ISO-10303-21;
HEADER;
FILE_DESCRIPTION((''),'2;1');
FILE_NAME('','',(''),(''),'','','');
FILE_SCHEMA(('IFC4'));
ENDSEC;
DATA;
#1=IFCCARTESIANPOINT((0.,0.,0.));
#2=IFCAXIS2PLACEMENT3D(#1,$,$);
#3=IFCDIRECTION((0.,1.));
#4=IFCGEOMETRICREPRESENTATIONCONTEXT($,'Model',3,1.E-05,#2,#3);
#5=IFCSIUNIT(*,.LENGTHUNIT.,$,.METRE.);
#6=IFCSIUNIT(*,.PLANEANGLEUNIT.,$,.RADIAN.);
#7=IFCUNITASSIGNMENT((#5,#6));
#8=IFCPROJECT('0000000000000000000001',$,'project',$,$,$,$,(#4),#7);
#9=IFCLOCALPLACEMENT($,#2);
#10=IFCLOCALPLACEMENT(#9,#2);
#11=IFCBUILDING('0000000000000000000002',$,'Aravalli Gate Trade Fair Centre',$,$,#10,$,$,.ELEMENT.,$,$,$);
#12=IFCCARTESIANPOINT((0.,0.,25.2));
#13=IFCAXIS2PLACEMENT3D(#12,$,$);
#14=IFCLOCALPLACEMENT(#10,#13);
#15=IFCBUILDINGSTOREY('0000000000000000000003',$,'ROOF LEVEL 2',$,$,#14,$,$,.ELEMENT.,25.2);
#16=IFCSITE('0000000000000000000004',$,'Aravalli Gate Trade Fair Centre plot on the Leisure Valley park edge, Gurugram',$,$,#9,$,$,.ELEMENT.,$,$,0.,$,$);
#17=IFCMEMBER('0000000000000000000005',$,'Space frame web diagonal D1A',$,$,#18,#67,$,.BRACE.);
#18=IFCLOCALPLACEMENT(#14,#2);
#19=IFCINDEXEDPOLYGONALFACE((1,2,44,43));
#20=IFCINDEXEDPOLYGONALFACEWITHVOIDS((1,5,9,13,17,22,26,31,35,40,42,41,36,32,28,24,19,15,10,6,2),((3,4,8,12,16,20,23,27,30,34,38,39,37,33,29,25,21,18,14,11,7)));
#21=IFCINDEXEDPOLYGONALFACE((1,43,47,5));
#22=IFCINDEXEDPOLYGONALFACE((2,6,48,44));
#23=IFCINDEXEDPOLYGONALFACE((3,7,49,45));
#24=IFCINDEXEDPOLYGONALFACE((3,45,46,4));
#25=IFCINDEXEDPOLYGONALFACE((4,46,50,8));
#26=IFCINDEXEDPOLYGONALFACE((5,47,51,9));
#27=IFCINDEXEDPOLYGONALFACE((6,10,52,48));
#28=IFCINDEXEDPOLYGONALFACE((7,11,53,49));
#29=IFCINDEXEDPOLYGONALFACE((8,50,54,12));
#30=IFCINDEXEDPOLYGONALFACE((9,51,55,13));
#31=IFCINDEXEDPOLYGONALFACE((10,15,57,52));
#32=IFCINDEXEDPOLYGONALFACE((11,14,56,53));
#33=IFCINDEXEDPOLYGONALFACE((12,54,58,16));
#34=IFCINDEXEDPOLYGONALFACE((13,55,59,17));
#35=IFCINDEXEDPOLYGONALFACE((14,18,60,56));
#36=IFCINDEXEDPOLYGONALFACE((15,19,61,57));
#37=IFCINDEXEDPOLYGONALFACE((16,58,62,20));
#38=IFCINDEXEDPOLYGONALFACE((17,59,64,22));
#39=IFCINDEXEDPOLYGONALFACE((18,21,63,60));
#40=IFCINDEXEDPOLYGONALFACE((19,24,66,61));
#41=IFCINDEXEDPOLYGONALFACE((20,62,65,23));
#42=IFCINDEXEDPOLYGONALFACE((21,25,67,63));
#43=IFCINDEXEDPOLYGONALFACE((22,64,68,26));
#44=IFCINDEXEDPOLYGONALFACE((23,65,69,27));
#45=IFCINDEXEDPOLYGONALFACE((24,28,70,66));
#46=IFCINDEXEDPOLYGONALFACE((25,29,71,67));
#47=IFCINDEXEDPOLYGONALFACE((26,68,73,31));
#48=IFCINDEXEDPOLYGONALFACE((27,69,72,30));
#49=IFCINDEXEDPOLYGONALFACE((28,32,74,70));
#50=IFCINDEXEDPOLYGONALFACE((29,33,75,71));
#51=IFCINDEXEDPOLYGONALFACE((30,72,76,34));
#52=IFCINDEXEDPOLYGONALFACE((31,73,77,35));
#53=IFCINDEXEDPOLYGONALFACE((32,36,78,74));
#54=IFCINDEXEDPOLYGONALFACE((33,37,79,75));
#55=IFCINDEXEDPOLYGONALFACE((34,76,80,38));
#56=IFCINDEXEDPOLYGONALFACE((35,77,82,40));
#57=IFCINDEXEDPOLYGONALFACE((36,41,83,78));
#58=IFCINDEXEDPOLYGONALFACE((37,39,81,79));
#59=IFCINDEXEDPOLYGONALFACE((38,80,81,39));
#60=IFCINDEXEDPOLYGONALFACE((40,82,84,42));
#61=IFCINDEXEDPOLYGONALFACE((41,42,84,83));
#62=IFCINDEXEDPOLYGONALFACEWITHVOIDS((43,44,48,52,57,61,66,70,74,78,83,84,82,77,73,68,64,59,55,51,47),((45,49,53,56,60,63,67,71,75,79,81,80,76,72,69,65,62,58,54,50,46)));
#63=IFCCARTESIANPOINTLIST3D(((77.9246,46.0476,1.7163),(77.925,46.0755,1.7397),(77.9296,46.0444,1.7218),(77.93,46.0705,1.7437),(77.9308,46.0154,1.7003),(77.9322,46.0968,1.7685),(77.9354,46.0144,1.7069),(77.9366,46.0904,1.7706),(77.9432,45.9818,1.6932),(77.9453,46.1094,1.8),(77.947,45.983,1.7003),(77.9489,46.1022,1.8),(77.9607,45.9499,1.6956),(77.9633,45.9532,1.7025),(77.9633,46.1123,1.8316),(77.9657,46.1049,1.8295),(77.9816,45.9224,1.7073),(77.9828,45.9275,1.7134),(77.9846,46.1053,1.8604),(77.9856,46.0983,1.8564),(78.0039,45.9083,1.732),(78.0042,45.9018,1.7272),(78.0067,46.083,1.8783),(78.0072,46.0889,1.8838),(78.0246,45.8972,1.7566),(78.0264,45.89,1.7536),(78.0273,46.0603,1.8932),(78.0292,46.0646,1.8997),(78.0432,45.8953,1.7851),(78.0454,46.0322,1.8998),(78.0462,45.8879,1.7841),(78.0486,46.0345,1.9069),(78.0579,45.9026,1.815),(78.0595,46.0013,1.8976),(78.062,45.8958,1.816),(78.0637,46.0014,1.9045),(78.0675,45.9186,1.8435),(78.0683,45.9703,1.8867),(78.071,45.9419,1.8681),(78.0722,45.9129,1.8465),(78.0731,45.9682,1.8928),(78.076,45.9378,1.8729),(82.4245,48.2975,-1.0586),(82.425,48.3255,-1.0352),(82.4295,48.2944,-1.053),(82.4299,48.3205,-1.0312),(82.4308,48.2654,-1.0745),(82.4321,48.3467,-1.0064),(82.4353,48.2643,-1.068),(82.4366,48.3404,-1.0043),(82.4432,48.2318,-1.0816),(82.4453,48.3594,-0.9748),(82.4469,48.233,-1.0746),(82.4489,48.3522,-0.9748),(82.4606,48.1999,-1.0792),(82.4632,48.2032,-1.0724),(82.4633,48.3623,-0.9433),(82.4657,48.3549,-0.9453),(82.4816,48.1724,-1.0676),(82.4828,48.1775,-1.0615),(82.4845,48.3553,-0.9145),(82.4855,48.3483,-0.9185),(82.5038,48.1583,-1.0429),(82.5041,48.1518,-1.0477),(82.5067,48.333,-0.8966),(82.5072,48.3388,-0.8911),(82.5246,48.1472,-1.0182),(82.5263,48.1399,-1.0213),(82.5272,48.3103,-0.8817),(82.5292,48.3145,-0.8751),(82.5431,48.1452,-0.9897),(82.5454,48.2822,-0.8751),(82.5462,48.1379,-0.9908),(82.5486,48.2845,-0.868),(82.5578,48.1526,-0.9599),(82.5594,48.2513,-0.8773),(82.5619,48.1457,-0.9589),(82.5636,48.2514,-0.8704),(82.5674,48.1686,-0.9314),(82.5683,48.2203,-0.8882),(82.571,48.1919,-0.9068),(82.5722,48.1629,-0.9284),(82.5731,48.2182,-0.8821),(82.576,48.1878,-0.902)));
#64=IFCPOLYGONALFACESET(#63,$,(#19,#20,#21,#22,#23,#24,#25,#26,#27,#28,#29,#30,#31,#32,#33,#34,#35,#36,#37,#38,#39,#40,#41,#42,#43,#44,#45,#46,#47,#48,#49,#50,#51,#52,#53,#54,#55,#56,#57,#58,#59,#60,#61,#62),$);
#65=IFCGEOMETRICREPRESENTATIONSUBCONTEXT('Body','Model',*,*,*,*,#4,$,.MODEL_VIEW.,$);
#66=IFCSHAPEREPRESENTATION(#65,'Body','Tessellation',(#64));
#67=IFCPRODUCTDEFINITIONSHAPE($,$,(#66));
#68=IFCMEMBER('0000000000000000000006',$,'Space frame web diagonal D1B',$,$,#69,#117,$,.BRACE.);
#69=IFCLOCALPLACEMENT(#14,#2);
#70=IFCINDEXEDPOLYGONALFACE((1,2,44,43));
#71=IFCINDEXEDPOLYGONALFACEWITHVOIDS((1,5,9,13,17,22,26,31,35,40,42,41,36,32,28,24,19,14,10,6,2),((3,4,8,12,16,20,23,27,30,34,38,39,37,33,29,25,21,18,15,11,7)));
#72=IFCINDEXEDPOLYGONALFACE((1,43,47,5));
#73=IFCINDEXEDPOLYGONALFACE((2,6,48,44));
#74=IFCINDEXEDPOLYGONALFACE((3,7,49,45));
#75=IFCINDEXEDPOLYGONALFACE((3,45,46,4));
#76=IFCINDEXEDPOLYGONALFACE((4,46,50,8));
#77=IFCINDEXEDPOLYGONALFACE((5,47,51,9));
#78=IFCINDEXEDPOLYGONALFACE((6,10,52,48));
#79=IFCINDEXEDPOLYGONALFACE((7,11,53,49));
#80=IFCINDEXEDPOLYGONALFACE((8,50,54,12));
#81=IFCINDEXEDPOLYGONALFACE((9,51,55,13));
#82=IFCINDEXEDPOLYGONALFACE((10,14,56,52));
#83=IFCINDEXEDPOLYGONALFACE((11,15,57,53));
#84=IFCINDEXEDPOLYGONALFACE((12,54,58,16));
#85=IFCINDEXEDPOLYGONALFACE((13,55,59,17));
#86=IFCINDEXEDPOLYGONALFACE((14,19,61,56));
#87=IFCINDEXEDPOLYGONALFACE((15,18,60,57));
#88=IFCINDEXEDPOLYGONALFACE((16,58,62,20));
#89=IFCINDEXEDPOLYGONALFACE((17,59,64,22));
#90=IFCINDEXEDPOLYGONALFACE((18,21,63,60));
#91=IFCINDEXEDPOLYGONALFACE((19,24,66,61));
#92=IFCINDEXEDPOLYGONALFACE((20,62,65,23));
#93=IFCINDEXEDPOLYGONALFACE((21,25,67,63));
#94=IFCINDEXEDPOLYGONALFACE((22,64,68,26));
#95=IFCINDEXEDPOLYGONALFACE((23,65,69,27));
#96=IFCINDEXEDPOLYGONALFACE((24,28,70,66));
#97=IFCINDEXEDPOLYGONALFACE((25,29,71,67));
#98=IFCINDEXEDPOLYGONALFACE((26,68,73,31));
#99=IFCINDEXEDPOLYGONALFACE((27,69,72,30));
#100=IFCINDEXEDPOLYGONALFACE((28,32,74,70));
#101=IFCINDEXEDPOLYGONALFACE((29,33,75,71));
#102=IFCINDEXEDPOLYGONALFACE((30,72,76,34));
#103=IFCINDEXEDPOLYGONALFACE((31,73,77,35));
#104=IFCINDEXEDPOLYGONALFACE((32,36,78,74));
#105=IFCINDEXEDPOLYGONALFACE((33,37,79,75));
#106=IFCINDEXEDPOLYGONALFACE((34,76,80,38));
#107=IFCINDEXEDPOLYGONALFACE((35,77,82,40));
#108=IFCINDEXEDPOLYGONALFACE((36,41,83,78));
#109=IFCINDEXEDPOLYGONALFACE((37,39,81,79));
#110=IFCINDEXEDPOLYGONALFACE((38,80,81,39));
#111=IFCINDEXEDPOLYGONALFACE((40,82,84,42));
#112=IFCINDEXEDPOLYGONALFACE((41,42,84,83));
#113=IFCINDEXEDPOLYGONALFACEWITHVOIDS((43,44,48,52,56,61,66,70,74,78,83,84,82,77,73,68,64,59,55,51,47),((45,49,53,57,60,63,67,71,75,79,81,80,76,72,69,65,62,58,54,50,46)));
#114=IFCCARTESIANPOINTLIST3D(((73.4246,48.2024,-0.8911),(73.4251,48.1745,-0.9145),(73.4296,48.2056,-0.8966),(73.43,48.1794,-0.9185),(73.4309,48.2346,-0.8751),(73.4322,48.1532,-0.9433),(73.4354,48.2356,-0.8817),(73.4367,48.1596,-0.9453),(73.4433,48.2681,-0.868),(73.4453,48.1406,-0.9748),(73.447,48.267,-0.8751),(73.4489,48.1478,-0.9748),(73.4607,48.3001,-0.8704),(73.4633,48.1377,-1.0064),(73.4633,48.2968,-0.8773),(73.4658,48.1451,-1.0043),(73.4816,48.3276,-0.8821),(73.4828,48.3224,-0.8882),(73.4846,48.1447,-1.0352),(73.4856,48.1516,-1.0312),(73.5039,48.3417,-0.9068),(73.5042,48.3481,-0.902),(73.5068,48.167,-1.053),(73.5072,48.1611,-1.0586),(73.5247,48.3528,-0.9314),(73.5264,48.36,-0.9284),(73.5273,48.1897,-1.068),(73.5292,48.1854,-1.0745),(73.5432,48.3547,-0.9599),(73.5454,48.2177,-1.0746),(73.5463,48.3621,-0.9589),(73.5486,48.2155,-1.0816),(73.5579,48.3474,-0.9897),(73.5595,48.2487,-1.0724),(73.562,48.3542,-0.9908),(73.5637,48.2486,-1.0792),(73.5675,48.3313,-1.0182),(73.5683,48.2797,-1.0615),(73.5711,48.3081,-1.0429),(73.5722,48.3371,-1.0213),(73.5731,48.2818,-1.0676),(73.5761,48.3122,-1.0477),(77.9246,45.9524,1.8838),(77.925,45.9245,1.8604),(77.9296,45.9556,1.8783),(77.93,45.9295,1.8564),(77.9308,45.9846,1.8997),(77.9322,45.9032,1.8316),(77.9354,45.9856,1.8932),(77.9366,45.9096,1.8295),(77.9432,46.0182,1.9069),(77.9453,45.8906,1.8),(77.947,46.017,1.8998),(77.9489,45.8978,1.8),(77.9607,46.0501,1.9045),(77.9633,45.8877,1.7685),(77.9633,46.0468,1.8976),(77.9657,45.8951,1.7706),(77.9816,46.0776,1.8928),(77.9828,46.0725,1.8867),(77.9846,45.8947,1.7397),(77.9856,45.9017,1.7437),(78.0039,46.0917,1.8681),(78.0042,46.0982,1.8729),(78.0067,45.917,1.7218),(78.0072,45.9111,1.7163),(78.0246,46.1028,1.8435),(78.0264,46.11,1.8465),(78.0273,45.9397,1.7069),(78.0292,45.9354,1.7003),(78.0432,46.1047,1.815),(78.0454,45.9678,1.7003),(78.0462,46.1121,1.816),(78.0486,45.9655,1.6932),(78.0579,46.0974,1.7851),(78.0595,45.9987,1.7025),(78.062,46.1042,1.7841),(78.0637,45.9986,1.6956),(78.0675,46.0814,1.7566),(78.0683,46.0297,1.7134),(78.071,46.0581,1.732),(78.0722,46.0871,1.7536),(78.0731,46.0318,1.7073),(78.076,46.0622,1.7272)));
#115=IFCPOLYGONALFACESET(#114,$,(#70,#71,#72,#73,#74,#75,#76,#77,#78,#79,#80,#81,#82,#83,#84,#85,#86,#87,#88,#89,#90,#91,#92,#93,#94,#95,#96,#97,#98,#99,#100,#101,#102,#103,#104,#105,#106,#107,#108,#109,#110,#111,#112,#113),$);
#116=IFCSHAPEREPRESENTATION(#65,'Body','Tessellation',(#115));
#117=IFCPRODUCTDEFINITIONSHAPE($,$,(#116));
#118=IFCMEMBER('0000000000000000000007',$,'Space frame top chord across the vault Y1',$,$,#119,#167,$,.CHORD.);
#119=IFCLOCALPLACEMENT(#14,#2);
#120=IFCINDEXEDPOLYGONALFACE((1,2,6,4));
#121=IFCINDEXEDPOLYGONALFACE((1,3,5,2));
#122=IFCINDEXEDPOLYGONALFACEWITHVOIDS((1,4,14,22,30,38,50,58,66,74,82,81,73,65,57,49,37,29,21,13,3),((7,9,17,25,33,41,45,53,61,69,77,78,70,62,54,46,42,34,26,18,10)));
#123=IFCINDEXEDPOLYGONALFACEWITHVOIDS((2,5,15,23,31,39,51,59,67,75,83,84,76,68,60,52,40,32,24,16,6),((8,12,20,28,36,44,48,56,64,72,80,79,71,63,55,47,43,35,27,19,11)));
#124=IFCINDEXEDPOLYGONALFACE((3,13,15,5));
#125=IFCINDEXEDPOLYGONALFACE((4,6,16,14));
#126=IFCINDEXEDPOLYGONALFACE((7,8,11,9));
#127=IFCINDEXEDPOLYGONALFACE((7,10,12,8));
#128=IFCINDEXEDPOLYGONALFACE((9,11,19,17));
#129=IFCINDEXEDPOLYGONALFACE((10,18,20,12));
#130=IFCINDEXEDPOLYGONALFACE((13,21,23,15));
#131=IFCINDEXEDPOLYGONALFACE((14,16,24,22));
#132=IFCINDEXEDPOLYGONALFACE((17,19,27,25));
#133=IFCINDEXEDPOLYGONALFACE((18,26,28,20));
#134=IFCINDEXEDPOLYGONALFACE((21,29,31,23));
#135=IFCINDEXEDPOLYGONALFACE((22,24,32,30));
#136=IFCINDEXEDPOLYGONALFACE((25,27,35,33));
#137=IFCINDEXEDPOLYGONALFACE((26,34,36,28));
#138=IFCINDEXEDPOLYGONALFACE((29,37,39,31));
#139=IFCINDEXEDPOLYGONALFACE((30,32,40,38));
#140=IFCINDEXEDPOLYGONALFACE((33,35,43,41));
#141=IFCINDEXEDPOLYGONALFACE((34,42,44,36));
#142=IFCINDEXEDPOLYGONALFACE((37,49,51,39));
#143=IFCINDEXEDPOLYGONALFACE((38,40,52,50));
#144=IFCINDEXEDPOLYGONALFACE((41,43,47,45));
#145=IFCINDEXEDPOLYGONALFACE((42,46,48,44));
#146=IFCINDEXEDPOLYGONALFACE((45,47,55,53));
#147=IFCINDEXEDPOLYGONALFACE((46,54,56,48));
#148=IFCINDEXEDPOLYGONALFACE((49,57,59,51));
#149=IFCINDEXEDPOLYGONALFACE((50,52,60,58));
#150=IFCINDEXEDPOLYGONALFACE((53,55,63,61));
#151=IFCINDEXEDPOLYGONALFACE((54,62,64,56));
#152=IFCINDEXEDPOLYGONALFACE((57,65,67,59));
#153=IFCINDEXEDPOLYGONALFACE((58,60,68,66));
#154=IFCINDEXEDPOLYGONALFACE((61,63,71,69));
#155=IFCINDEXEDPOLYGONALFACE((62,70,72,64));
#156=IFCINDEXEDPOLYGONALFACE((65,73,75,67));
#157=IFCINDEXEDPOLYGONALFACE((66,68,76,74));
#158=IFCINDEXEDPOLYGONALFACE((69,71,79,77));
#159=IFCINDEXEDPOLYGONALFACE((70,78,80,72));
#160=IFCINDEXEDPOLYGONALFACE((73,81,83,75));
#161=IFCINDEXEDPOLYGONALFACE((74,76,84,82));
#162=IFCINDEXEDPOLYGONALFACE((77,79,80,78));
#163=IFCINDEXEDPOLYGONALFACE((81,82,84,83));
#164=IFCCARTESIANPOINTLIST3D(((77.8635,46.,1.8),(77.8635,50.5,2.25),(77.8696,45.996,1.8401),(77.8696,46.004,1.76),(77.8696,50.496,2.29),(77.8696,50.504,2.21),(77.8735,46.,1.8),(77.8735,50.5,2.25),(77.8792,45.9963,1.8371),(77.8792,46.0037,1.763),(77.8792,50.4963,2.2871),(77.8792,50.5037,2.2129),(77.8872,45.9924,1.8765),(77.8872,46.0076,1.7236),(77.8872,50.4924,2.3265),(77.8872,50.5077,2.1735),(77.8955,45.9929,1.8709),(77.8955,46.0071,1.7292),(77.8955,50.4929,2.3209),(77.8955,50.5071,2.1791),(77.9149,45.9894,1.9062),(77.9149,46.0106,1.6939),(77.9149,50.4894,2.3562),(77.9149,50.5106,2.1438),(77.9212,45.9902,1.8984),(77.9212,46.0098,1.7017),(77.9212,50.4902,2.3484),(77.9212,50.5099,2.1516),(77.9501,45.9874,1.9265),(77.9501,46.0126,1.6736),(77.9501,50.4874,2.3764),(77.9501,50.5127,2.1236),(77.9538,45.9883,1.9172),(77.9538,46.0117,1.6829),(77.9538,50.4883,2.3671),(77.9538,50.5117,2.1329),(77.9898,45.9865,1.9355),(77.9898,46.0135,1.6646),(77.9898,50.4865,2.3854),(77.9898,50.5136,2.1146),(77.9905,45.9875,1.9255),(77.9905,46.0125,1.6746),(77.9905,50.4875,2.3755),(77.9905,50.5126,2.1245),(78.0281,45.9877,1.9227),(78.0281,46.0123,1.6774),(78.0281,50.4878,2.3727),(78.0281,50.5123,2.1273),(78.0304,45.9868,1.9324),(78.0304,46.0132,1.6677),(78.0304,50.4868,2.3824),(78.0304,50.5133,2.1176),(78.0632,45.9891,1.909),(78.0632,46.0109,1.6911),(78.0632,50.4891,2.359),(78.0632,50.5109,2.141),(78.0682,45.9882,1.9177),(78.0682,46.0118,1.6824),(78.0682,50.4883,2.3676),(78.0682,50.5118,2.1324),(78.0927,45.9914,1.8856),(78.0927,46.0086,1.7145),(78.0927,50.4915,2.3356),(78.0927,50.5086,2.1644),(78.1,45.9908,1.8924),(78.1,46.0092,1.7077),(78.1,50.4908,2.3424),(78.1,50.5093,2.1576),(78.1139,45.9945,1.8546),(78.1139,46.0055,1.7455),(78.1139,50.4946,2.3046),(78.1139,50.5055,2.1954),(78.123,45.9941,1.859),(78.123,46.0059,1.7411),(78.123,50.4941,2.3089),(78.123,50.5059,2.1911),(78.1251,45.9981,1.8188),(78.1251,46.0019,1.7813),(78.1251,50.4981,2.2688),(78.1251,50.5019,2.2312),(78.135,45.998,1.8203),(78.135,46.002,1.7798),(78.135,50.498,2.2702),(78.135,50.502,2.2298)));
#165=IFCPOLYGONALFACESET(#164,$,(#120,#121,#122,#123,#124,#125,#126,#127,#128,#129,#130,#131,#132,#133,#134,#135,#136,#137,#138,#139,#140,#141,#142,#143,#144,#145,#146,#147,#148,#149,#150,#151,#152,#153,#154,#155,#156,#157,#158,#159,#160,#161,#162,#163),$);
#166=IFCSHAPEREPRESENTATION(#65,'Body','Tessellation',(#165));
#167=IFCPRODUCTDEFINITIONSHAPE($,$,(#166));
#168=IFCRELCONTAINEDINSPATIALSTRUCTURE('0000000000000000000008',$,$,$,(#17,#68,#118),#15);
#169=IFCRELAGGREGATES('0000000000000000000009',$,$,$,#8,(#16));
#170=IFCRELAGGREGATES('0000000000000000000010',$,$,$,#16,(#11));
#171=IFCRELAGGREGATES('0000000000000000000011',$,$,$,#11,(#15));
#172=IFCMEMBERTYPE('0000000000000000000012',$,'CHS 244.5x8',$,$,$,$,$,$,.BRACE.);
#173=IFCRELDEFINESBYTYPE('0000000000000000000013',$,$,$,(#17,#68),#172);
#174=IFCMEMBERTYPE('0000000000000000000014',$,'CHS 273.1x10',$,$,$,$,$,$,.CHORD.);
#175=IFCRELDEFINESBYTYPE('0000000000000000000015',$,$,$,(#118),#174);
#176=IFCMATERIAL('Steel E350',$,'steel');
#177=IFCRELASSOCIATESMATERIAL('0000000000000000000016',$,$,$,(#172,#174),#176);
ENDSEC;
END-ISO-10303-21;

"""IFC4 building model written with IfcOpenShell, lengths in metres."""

from ifc_helpers import new_model, si_unit, direction, frame, origin, origin_2d, place, context, subcontext, project, spatial, hollow_circle, extrude, material, material_profile, profile_set, type_object, element, save


model = new_model("IFC4")

# Units and contexts
model_context = context("Model", 3, precision=1e-05, world=origin(), true_north=direction((0.0, 1.0)))
body_context = subcontext(model_context, "Body", "Model", "MODEL_VIEW")
ifc_project = project(units=[si_unit("LENGTHUNIT", "METRE"), si_unit("PLANEANGLEUNIT", "RADIAN")], contexts=[model_context])

# Site, building, storey
site_placement = place(None, origin())
site = spatial("IfcSite", under=ifc_project, at=site_placement, Name="Aravalli Gate Trade Fair Centre plot on the Leisure Valley park edge, Gurugram", CompositionType="ELEMENT", RefElevation=0.0)
building_placement = place(site_placement, origin())
building = spatial("IfcBuilding", under=site, at=building_placement, Name="Aravalli Gate Trade Fair Centre", CompositionType="ELEMENT")
storey_placement = place(building_placement, frame((0.0, 0.0, 25.2)))
storey = spatial("IfcBuildingStorey", under=building, at=storey_placement, Name="ROOF LEVEL 2", CompositionType="ELEMENT", Elevation=25.2)

# Members
ifc_material_1 = material(Name="Steel E350", Category="steel")
ifc_material_profile_1 = material_profile(ifc_material_1, hollow_circle(Radius=0.1223, WallThickness=0.0081, at=origin_2d()), Name="CHS 244.5x8")
ifc_profile_set_1 = profile_set([ifc_material_profile_1], Name="Steel E350")
member_type_1 = type_object("IfcMemberType", Name="CHS 244.5x8", PredefinedType="BRACE", material=ifc_profile_set_1)
for number, where, z_axis, x_axis, name in (
    (1, (78.0, 46.0, 1.8), (0.7832, 0.3916, -0.482956), (-0.447214, 0.894427, 0.0), "Space frame web diagonal D1A"),
    (2, (78.0, 46.0, 1.8), (-0.7832, 0.3916, -0.482956), (-0.447214, -0.894427, 0.0), "Space frame web diagonal D1B"),
):
    element("IfcMember", number, at=place(storey_placement, frame(where, z_axis=z_axis, x_axis=x_axis)), inside=storey, type_object=member_type_1, Name=name, PredefinedType="BRACE", context=body_context, shape_type="SweptSolid", body=[
        extrude(hollow_circle(Radius=0.1223, WallThickness=0.0081, at=origin_2d()), origin(), (0.0, 0.0, 1.0), 5.7456),
    ])
ifc_material_profile_2 = material_profile(ifc_material_1, hollow_circle(Radius=0.1365, WallThickness=0.01, at=origin_2d()), Name="CHS 273.1x10")
ifc_profile_set_2 = profile_set([ifc_material_profile_2], Name="Steel E350")
member_type_2 = type_object("IfcMemberType", Name="CHS 273.1x10", PredefinedType="CHORD", material=ifc_profile_set_2)
member_1_placement = place(storey_placement, frame((78.0, 46.0, 1.8), z_axis=(0.0, 0.995038, 0.099493), x_axis=(-1.0, 0.0, 0.0)))
element("IfcMember", 3, at=member_1_placement, inside=storey, type_object=member_type_2, Name="Space frame top chord across the vault Y1", PredefinedType="CHORD", context=body_context, shape_type="SweptSolid", body=[
    extrude(hollow_circle(Radius=0.1365, WallThickness=0.01, at=origin_2d()), origin(), (0.0, 0.0, 1.0), 4.5225),
])

save(model, "model.ifc")
